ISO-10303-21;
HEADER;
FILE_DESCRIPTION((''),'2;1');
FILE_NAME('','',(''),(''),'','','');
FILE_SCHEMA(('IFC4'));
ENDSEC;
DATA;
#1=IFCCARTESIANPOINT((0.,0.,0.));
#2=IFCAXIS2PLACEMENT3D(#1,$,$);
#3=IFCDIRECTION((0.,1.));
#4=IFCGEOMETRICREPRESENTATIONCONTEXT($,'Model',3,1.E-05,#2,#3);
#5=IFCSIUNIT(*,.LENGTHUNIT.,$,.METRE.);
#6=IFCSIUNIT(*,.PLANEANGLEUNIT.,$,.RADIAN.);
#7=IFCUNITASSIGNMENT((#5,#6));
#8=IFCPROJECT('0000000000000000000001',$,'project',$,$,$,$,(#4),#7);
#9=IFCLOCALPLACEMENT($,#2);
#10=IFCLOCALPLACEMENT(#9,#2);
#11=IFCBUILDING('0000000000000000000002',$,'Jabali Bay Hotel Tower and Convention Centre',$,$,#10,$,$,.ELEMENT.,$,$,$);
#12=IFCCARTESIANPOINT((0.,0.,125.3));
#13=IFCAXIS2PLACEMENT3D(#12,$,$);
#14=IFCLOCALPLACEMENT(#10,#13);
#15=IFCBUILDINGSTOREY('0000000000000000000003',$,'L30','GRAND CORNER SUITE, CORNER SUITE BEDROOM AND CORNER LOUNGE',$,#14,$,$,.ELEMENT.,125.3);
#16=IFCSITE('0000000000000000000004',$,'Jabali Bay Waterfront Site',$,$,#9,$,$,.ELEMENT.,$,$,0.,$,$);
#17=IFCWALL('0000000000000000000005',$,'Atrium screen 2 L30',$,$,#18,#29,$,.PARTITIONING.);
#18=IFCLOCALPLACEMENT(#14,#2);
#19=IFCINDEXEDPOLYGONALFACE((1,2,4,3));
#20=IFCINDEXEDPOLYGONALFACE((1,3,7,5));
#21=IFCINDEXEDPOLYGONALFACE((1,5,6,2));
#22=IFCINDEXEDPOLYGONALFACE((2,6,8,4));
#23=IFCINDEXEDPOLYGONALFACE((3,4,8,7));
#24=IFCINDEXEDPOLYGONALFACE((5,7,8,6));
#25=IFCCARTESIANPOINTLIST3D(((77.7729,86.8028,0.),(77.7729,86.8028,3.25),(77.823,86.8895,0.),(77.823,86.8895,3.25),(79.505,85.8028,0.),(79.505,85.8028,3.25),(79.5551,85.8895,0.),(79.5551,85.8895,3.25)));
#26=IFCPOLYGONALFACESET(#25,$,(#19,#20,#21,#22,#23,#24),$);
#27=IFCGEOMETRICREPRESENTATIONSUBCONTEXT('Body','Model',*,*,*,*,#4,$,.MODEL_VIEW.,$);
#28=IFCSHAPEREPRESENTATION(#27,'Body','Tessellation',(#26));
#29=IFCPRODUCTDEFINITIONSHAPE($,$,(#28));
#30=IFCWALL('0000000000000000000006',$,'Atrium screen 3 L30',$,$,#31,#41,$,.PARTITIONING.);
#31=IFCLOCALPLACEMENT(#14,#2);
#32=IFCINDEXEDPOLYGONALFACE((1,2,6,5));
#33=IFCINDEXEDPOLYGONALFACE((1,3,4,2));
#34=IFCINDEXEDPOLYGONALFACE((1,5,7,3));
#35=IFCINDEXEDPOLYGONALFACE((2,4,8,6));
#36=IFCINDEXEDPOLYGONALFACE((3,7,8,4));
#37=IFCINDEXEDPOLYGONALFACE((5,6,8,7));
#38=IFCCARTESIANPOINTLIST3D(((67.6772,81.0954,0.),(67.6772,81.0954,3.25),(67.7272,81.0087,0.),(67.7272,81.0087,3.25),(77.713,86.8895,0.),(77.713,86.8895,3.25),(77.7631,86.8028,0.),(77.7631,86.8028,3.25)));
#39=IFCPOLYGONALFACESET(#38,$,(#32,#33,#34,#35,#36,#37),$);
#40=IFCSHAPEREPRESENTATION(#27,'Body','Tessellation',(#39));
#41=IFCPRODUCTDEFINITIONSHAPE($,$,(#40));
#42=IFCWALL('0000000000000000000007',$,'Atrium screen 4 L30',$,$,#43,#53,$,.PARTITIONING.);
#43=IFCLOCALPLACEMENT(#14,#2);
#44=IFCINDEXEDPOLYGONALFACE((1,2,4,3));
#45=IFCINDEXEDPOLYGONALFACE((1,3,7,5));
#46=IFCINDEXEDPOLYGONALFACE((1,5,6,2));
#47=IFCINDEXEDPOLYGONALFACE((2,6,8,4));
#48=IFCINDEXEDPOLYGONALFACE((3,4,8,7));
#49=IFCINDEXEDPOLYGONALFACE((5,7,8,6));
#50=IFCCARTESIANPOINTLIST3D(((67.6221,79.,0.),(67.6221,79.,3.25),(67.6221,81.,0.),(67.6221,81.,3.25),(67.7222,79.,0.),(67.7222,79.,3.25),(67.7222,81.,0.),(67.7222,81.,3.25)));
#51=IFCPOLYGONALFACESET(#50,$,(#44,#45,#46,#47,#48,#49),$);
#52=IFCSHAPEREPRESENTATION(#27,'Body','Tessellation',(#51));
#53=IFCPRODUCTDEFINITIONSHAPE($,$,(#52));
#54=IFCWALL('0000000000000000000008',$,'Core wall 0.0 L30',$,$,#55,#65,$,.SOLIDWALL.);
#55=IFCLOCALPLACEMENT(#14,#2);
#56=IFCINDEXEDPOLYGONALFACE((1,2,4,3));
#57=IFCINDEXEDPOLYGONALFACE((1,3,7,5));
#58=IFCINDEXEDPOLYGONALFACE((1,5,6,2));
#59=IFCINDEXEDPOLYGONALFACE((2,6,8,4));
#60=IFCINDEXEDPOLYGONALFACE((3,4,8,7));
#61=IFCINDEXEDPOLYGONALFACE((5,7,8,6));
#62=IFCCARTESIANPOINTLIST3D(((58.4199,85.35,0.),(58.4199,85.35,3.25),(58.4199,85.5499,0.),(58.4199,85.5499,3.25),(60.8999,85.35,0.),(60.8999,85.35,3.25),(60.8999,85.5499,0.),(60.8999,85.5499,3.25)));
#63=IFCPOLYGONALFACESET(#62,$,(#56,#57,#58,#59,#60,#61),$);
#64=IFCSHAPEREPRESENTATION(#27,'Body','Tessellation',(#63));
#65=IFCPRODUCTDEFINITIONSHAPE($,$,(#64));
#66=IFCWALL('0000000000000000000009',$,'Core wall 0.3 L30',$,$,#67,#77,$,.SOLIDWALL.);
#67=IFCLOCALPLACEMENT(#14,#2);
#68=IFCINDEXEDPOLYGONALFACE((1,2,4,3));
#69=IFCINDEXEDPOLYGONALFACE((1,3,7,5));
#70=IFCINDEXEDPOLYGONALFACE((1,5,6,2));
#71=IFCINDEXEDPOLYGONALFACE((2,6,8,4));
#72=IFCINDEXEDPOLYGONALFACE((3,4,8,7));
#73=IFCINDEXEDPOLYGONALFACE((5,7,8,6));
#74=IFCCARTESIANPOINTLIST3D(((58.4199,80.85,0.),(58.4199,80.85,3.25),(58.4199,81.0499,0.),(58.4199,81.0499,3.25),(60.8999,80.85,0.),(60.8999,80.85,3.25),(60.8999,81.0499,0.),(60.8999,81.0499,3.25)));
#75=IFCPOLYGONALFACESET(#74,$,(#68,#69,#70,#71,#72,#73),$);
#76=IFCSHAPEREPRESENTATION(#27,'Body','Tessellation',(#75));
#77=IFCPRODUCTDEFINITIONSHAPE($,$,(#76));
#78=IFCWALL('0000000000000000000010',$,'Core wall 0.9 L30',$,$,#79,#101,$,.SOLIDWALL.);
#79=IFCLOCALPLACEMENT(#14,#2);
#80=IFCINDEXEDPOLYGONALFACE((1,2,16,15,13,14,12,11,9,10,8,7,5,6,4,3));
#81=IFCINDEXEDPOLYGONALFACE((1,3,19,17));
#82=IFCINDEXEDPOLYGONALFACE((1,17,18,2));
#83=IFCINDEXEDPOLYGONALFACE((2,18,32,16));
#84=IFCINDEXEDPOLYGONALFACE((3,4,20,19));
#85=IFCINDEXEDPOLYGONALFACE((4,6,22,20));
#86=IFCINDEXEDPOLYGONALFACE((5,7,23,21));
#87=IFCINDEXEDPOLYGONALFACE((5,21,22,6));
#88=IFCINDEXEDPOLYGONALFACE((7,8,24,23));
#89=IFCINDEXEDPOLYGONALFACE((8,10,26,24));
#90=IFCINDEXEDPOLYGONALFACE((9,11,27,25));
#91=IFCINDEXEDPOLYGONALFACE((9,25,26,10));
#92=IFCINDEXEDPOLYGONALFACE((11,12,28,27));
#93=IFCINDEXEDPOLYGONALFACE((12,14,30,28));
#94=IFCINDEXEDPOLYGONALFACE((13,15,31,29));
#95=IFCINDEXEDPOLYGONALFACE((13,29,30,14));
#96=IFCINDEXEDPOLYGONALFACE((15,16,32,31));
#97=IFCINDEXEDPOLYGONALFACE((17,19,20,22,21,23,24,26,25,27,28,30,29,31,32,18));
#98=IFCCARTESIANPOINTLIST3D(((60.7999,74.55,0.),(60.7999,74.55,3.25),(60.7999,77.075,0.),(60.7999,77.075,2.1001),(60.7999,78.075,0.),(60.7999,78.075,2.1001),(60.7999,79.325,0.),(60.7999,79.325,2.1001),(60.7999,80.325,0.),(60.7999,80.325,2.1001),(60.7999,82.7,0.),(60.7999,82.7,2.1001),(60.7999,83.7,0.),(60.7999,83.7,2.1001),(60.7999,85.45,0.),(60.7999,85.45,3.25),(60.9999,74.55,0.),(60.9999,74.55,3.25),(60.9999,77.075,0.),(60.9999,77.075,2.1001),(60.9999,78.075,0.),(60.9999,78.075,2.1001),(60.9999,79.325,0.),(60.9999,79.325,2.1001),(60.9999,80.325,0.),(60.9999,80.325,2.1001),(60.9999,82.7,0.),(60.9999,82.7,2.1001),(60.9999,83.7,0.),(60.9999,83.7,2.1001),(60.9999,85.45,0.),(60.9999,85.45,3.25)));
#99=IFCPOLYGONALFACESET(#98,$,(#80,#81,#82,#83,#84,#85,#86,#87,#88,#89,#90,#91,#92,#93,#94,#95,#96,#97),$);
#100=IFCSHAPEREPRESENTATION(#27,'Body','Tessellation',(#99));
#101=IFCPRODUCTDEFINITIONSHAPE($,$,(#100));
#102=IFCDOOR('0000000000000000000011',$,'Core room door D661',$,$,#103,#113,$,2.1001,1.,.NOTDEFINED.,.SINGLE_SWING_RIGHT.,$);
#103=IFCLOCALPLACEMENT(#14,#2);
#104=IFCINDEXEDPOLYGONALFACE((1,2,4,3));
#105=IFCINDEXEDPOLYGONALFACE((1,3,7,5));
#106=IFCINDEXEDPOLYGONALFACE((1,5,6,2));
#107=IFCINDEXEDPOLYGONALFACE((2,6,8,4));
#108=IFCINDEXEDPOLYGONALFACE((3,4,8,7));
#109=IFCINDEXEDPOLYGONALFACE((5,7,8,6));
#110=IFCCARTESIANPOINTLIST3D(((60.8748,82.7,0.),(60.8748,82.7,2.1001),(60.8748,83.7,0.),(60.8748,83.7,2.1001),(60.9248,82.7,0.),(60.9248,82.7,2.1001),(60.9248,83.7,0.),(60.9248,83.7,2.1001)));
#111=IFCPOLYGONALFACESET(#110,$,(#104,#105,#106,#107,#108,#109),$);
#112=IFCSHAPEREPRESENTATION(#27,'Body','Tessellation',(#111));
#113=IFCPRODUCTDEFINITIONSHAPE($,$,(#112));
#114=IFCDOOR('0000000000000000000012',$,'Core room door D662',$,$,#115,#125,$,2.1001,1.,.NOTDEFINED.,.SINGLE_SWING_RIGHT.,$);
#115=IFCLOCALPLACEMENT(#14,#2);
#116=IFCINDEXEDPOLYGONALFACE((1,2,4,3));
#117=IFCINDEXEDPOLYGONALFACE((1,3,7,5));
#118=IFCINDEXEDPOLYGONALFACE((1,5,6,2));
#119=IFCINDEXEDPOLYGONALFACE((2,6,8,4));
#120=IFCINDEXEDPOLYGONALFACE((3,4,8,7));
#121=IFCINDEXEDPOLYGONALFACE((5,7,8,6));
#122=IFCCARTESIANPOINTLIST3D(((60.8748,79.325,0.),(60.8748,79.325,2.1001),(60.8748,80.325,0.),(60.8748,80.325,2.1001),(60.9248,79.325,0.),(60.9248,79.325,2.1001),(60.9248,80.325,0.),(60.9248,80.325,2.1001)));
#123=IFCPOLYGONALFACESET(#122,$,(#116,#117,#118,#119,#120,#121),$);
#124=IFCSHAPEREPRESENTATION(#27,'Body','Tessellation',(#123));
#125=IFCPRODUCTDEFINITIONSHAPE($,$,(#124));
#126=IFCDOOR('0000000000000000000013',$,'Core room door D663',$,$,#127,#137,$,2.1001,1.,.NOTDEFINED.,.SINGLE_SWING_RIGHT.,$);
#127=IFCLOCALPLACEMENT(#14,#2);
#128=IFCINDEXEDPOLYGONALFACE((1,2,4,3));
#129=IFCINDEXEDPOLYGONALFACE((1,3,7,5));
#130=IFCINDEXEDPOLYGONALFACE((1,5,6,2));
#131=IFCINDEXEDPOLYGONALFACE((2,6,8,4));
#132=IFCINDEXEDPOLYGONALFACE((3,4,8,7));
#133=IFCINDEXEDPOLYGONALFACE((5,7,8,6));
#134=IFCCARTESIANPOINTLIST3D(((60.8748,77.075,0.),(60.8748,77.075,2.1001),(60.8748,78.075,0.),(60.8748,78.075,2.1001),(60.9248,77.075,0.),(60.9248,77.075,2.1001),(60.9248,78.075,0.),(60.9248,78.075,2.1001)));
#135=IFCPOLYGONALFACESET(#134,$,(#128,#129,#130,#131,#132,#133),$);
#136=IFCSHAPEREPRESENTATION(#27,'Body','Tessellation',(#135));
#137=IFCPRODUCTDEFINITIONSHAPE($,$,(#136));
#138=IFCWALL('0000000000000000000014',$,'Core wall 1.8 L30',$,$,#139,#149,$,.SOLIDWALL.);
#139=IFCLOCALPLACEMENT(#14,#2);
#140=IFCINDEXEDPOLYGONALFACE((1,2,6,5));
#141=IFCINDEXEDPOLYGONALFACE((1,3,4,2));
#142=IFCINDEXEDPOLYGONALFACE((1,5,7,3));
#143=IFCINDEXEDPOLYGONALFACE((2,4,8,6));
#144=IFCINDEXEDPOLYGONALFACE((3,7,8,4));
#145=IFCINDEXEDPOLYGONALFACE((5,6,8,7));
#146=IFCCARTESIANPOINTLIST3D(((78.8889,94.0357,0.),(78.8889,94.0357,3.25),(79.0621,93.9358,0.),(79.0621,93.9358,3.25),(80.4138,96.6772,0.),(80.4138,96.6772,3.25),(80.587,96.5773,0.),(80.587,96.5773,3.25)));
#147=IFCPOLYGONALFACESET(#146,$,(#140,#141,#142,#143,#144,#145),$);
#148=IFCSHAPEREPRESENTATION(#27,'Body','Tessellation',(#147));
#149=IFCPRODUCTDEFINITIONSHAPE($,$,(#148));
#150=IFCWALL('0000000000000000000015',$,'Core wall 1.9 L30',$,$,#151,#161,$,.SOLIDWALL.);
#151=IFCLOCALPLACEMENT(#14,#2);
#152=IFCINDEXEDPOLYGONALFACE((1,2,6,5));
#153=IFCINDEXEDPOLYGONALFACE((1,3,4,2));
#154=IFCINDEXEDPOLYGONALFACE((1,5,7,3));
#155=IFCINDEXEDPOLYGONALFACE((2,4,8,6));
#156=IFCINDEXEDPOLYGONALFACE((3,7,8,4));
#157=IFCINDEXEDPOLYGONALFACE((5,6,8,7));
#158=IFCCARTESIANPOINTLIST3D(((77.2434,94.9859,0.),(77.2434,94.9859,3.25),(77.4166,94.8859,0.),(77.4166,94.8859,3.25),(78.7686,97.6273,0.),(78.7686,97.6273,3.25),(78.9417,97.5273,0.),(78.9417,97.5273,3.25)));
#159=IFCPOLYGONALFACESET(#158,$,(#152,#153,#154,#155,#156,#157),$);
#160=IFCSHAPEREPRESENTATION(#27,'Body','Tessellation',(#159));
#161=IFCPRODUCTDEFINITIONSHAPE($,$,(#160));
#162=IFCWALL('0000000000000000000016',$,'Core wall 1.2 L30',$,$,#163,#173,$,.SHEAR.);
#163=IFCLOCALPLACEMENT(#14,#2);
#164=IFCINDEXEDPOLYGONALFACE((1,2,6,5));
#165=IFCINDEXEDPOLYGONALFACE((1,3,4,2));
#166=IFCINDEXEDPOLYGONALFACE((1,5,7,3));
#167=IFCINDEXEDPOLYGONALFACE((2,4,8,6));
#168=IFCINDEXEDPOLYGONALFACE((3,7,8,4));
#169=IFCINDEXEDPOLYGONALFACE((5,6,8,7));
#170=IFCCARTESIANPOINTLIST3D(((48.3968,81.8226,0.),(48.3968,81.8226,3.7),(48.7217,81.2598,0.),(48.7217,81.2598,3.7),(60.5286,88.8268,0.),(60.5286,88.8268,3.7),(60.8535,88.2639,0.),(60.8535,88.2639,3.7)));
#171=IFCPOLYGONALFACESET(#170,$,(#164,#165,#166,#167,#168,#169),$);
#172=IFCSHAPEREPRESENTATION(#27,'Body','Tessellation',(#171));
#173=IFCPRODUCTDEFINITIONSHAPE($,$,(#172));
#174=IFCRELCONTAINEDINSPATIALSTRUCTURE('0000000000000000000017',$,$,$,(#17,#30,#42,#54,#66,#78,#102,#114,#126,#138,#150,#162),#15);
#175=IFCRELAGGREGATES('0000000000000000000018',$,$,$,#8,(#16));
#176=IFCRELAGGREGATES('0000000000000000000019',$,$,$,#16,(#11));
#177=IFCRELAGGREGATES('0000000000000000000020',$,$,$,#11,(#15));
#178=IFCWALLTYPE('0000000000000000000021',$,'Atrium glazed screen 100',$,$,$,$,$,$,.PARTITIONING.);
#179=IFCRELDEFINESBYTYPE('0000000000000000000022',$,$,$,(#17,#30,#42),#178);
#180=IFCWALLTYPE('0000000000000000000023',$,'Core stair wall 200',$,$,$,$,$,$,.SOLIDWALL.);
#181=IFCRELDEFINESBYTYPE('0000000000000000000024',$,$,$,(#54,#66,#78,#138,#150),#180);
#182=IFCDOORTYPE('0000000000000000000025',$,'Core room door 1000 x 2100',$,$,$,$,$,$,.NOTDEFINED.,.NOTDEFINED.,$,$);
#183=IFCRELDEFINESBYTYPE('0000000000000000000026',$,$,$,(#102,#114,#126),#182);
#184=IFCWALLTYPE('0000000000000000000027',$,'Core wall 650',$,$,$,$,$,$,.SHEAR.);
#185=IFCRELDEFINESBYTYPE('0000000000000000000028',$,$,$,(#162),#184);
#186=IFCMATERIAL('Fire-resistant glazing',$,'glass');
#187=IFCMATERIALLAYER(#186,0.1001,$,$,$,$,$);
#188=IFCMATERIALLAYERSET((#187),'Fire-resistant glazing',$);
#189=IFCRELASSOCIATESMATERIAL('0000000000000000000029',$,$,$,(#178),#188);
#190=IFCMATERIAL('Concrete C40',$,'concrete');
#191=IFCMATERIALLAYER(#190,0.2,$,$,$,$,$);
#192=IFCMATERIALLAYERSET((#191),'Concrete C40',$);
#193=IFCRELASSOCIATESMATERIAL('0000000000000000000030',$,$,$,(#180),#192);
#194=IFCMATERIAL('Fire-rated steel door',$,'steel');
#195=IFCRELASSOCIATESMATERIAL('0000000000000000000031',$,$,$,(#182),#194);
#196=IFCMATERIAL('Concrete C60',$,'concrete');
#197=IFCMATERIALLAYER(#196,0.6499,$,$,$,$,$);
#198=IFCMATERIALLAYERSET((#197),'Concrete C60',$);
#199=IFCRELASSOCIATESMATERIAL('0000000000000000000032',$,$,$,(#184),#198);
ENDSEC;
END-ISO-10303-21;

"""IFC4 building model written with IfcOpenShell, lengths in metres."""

from ifc_helpers import new_model, si_unit, direction, frame, frame_2d, origin, place, context, subcontext, project, spatial, rectangle, extrude, material, layer, layer_set, type_object, element, fill, save


model = new_model("IFC4")

# Units and contexts
model_context = context("Model", 3, precision=1e-05, world=origin(), true_north=direction((0.0, 1.0)))
body_context = subcontext(model_context, "Body", "Model", "MODEL_VIEW")
ifc_project = project(units=[si_unit("LENGTHUNIT", "METRE"), si_unit("PLANEANGLEUNIT", "RADIAN")], contexts=[model_context])

# Site, building, storey
site_placement = place(None, origin())
site = spatial("IfcSite", under=ifc_project, at=site_placement, Name="Jabali Bay Waterfront Site", CompositionType="ELEMENT", RefElevation=0.0)
building_placement = place(site_placement, origin())
building = spatial("IfcBuilding", under=site, at=building_placement, Name="Jabali Bay Hotel Tower and Convention Centre", CompositionType="ELEMENT")
storey_placement = place(building_placement, frame((0.0, 0.0, 125.3)))
storey = spatial("IfcBuildingStorey", under=building, at=storey_placement, Name="L30", Description="GRAND CORNER SUITE, CORNER SUITE BEDROOM AND CORNER LOUNGE", CompositionType="ELEMENT", Elevation=125.3)

# Walls
ifc_material_1 = material(Name="Fire-resistant glazing", Category="glass")
ifc_layer_1 = layer(ifc_material_1, 0.1001)
ifc_layer_set_1 = layer_set([ifc_layer_1], Name="Fire-resistant glazing")
wall_type_1 = type_object("IfcWallType", Name="Atrium glazed screen 100", PredefinedType="PARTITIONING", material=ifc_layer_set_1)
wall_1_placement = place(storey_placement, frame((79.53, 85.8462, 0.0), z_axis=(0.0, 0.0, 1.0), x_axis=(-0.866041, 0.499973, 0.0)))
element("IfcWall", 1, at=wall_1_placement, inside=storey, type_object=wall_type_1, Name="Atrium screen 2 L30", PredefinedType="PARTITIONING", context=body_context, shape_type="SweptSolid", body=[
    extrude(rectangle(XDim=2.0, YDim=0.1001, at=frame_2d((1.0, 0.0))), origin(), (0.0, 0.0, 1.0), 3.25),
])
wall_2_placement = place(storey_placement, frame((77.738, 86.8462, 0.0), z_axis=(0.0, 0.0, 1.0), x_axis=(-0.866027, -0.499998, 0.0)))
element("IfcWall", 2, at=wall_2_placement, inside=storey, type_object=wall_type_1, Name="Atrium screen 3 L30", PredefinedType="PARTITIONING", context=body_context, shape_type="SweptSolid", body=[
    extrude(rectangle(XDim=11.5884, YDim=0.1001, at=frame_2d((5.7942, 0.0))), origin(), (0.0, 0.0, 1.0), 3.25),
])
wall_3_placement = place(storey_placement, frame((67.6721, 81.0, 0.0), z_axis=(0.0, 0.0, 1.0), x_axis=(0.0, -1.0, 0.0)))
element("IfcWall", 3, at=wall_3_placement, inside=storey, type_object=wall_type_1, Name="Atrium screen 4 L30", PredefinedType="PARTITIONING", context=body_context, shape_type="SweptSolid", body=[
    extrude(rectangle(XDim=2.0, YDim=0.1001, at=frame_2d((1.0, 0.0))), origin(), (0.0, 0.0, 1.0), 3.25),
])
ifc_material_2 = material(Name="Concrete C40", Category="concrete")
ifc_layer_2 = layer(ifc_material_2, 0.2)
ifc_layer_set_2 = layer_set([ifc_layer_2], Name="Concrete C40")
wall_type_2 = type_object("IfcWallType", Name="Core stair wall 200", PredefinedType="SOLIDWALL", material=ifc_layer_set_2)
for number, where, z_axis, x_axis, name in (
    (4, (60.8999, 85.45, 0.0), (0.0, 0.0, 1.0), (-1.0, 0.0, 0.0), "Core wall 0.0 L30"),
    (5, (60.8999, 80.95, 0.0), (0.0, 0.0, 1.0), (-1.0, 0.0, 0.0), "Core wall 0.3 L30"),
):
    element("IfcWall", number, at=place(storey_placement, frame(where, z_axis=z_axis, x_axis=x_axis)), inside=storey, type_object=wall_type_2, Name=name, PredefinedType="SOLIDWALL", context=body_context, shape_type="SweptSolid", body=[
        extrude(rectangle(XDim=2.48, YDim=0.2, at=frame_2d((1.24, 0.0))), origin(), (0.0, 0.0, 1.0), 3.25),
    ])

# Wall, openings, doors
wall_4_placement = place(storey_placement, frame((60.8999, 85.45, 0.0), z_axis=(0.0, 0.0, 1.0), x_axis=(0.0, -1.0, 0.0)))
wall_4 = element("IfcWall", 6, at=wall_4_placement, inside=storey, type_object=wall_type_2, Name="Core wall 0.9 L30", PredefinedType="SOLIDWALL", context=body_context, shape_type="SweptSolid", body=[
    extrude(rectangle(XDim=10.8999, YDim=0.2, at=frame_2d((5.45, 0.0))), origin(), (0.0, 0.0, 1.0), 3.25),
])
opening_1_placement = place(wall_4_placement, frame((1.75, 0.0, 0.0)))
opening_1 = element("IfcOpeningElement", 7, at=opening_1_placement, cuts=wall_4, PredefinedType="OPENING", context=body_context, shape_type="SweptSolid", body=[
    extrude(rectangle(XDim=1.0, YDim=2.1001, at=frame_2d((0.5, 1.05))), frame((0.0, 0.1104, 0.0), z_axis=(0.0, -1.0, 0.0), x_axis=(1.0, 0.0, 0.0)), (0.0, 0.0, 1.0), 0.2209),
])
opening_2_placement = place(wall_4_placement, frame((5.125, 0.0, 0.0)))
opening_2 = element("IfcOpeningElement", 8, at=opening_2_placement, cuts=wall_4, PredefinedType="OPENING", context=body_context, shape_type="SweptSolid", body=[
    extrude(rectangle(XDim=1.0, YDim=2.1001, at=frame_2d((0.5, 1.05))), frame((0.0, 0.1104, 0.0), z_axis=(0.0, -1.0, 0.0), x_axis=(1.0, 0.0, 0.0)), (0.0, 0.0, 1.0), 0.2209),
])
opening_3_placement = place(wall_4_placement, frame((7.375, 0.0, 0.0)))
opening_3 = element("IfcOpeningElement", 9, at=opening_3_placement, cuts=wall_4, PredefinedType="OPENING", context=body_context, shape_type="SweptSolid", body=[
    extrude(rectangle(XDim=1.0, YDim=2.1001, at=frame_2d((0.5, 1.05))), frame((0.0, 0.1104, 0.0), z_axis=(0.0, -1.0, 0.0), x_axis=(1.0, 0.0, 0.0)), (0.0, 0.0, 1.0), 0.2209),
])
ifc_material_3 = material(Name="Fire-rated steel door", Category="steel")
door_type_1 = type_object("IfcDoorType", Name="Core room door 1000 x 2100", OperationType="NOTDEFINED", PredefinedType="NOTDEFINED", material=ifc_material_3)
door_1_placement = place(opening_1_placement, origin())
door_1 = element("IfcDoor", 10, at=door_1_placement, inside=storey, type_object=door_type_1, Name="Core room door D661", OperationType="SINGLE_SWING_RIGHT", OverallHeight=2.1001, OverallWidth=1.0, PredefinedType="NOTDEFINED", context=body_context, shape_type="SweptSolid", body=[
    extrude(rectangle(XDim=1.0, YDim=2.1001, at=frame_2d((0.5, 1.05))), frame((0.0, 0.0249, 0.0), z_axis=(0.0, -1.0, 0.0), x_axis=(1.0, 0.0, 0.0)), (0.0, 0.0, 1.0), 0.05),
])
fill(opening_1, door_1)
door_2_placement = place(opening_2_placement, origin())
door_2 = element("IfcDoor", 11, at=door_2_placement, inside=storey, type_object=door_type_1, Name="Core room door D662", OperationType="SINGLE_SWING_RIGHT", OverallHeight=2.1001, OverallWidth=1.0, PredefinedType="NOTDEFINED", context=body_context, shape_type="SweptSolid", body=[
    extrude(rectangle(XDim=1.0, YDim=2.1001, at=frame_2d((0.5, 1.05))), frame((0.0, 0.0249, 0.0), z_axis=(0.0, -1.0, 0.0), x_axis=(1.0, 0.0, 0.0)), (0.0, 0.0, 1.0), 0.05),
])
fill(opening_2, door_2)
door_3_placement = place(opening_3_placement, origin())
door_3 = element("IfcDoor", 12, at=door_3_placement, inside=storey, type_object=door_type_1, Name="Core room door D663", OperationType="SINGLE_SWING_RIGHT", OverallHeight=2.1001, OverallWidth=1.0, PredefinedType="NOTDEFINED", context=body_context, shape_type="SweptSolid", body=[
    extrude(rectangle(XDim=1.0, YDim=2.1001, at=frame_2d((0.5, 1.05))), frame((0.0, 0.0249, 0.0), z_axis=(0.0, -1.0, 0.0), x_axis=(1.0, 0.0, 0.0)), (0.0, 0.0, 1.0), 0.05),
])
fill(opening_3, door_3)

# Walls
for number, where, z_axis, x_axis, name in (
    (13, (78.9756, 93.9858, 0.0), (0.0, 0.0, 1.0), (0.499944, 0.866058, 0.0), "Core wall 1.8 L30"),
    (14, (77.3301, 94.936, 0.0), (0.0, 0.0, 1.0), (0.500039, 0.866003, 0.0), "Core wall 1.9 L30"),
):
    element("IfcWall", number, at=place(storey_placement, frame(where, z_axis=z_axis, x_axis=x_axis)), inside=storey, type_object=wall_type_2, Name=name, PredefinedType="SOLIDWALL", context=body_context, shape_type="SweptSolid", body=[
        extrude(rectangle(XDim=3.05, YDim=0.2, at=frame_2d((1.5249, 0.0))), origin(), (0.0, 0.0, 1.0), 3.25),
    ])
ifc_material_4 = material(Name="Concrete C60", Category="concrete")
ifc_layer_3 = layer(ifc_material_4, 0.6499)
ifc_layer_set_3 = layer_set([ifc_layer_3], Name="Concrete C60")
wall_type_3 = type_object("IfcWallType", Name="Core wall 650", PredefinedType="SHEAR", material=ifc_layer_set_3)
wall_5_placement = place(storey_placement, frame((60.6912, 88.5454, 0.0), z_axis=(0.0, 0.0, 1.0), x_axis=(-0.866031, -0.499991, 0.0)))
element("IfcWall", 15, at=wall_5_placement, inside=storey, type_object=wall_type_3, Name="Core wall 1.2 L30", PredefinedType="SHEAR", context=body_context, shape_type="SweptSolid", body=[
    extrude(rectangle(XDim=14.0085, YDim=0.6499, at=frame_2d((7.0044, 0.0))), origin(), (0.0, 0.0, 1.0), 3.7),
])

save(model, "model.ifc")
